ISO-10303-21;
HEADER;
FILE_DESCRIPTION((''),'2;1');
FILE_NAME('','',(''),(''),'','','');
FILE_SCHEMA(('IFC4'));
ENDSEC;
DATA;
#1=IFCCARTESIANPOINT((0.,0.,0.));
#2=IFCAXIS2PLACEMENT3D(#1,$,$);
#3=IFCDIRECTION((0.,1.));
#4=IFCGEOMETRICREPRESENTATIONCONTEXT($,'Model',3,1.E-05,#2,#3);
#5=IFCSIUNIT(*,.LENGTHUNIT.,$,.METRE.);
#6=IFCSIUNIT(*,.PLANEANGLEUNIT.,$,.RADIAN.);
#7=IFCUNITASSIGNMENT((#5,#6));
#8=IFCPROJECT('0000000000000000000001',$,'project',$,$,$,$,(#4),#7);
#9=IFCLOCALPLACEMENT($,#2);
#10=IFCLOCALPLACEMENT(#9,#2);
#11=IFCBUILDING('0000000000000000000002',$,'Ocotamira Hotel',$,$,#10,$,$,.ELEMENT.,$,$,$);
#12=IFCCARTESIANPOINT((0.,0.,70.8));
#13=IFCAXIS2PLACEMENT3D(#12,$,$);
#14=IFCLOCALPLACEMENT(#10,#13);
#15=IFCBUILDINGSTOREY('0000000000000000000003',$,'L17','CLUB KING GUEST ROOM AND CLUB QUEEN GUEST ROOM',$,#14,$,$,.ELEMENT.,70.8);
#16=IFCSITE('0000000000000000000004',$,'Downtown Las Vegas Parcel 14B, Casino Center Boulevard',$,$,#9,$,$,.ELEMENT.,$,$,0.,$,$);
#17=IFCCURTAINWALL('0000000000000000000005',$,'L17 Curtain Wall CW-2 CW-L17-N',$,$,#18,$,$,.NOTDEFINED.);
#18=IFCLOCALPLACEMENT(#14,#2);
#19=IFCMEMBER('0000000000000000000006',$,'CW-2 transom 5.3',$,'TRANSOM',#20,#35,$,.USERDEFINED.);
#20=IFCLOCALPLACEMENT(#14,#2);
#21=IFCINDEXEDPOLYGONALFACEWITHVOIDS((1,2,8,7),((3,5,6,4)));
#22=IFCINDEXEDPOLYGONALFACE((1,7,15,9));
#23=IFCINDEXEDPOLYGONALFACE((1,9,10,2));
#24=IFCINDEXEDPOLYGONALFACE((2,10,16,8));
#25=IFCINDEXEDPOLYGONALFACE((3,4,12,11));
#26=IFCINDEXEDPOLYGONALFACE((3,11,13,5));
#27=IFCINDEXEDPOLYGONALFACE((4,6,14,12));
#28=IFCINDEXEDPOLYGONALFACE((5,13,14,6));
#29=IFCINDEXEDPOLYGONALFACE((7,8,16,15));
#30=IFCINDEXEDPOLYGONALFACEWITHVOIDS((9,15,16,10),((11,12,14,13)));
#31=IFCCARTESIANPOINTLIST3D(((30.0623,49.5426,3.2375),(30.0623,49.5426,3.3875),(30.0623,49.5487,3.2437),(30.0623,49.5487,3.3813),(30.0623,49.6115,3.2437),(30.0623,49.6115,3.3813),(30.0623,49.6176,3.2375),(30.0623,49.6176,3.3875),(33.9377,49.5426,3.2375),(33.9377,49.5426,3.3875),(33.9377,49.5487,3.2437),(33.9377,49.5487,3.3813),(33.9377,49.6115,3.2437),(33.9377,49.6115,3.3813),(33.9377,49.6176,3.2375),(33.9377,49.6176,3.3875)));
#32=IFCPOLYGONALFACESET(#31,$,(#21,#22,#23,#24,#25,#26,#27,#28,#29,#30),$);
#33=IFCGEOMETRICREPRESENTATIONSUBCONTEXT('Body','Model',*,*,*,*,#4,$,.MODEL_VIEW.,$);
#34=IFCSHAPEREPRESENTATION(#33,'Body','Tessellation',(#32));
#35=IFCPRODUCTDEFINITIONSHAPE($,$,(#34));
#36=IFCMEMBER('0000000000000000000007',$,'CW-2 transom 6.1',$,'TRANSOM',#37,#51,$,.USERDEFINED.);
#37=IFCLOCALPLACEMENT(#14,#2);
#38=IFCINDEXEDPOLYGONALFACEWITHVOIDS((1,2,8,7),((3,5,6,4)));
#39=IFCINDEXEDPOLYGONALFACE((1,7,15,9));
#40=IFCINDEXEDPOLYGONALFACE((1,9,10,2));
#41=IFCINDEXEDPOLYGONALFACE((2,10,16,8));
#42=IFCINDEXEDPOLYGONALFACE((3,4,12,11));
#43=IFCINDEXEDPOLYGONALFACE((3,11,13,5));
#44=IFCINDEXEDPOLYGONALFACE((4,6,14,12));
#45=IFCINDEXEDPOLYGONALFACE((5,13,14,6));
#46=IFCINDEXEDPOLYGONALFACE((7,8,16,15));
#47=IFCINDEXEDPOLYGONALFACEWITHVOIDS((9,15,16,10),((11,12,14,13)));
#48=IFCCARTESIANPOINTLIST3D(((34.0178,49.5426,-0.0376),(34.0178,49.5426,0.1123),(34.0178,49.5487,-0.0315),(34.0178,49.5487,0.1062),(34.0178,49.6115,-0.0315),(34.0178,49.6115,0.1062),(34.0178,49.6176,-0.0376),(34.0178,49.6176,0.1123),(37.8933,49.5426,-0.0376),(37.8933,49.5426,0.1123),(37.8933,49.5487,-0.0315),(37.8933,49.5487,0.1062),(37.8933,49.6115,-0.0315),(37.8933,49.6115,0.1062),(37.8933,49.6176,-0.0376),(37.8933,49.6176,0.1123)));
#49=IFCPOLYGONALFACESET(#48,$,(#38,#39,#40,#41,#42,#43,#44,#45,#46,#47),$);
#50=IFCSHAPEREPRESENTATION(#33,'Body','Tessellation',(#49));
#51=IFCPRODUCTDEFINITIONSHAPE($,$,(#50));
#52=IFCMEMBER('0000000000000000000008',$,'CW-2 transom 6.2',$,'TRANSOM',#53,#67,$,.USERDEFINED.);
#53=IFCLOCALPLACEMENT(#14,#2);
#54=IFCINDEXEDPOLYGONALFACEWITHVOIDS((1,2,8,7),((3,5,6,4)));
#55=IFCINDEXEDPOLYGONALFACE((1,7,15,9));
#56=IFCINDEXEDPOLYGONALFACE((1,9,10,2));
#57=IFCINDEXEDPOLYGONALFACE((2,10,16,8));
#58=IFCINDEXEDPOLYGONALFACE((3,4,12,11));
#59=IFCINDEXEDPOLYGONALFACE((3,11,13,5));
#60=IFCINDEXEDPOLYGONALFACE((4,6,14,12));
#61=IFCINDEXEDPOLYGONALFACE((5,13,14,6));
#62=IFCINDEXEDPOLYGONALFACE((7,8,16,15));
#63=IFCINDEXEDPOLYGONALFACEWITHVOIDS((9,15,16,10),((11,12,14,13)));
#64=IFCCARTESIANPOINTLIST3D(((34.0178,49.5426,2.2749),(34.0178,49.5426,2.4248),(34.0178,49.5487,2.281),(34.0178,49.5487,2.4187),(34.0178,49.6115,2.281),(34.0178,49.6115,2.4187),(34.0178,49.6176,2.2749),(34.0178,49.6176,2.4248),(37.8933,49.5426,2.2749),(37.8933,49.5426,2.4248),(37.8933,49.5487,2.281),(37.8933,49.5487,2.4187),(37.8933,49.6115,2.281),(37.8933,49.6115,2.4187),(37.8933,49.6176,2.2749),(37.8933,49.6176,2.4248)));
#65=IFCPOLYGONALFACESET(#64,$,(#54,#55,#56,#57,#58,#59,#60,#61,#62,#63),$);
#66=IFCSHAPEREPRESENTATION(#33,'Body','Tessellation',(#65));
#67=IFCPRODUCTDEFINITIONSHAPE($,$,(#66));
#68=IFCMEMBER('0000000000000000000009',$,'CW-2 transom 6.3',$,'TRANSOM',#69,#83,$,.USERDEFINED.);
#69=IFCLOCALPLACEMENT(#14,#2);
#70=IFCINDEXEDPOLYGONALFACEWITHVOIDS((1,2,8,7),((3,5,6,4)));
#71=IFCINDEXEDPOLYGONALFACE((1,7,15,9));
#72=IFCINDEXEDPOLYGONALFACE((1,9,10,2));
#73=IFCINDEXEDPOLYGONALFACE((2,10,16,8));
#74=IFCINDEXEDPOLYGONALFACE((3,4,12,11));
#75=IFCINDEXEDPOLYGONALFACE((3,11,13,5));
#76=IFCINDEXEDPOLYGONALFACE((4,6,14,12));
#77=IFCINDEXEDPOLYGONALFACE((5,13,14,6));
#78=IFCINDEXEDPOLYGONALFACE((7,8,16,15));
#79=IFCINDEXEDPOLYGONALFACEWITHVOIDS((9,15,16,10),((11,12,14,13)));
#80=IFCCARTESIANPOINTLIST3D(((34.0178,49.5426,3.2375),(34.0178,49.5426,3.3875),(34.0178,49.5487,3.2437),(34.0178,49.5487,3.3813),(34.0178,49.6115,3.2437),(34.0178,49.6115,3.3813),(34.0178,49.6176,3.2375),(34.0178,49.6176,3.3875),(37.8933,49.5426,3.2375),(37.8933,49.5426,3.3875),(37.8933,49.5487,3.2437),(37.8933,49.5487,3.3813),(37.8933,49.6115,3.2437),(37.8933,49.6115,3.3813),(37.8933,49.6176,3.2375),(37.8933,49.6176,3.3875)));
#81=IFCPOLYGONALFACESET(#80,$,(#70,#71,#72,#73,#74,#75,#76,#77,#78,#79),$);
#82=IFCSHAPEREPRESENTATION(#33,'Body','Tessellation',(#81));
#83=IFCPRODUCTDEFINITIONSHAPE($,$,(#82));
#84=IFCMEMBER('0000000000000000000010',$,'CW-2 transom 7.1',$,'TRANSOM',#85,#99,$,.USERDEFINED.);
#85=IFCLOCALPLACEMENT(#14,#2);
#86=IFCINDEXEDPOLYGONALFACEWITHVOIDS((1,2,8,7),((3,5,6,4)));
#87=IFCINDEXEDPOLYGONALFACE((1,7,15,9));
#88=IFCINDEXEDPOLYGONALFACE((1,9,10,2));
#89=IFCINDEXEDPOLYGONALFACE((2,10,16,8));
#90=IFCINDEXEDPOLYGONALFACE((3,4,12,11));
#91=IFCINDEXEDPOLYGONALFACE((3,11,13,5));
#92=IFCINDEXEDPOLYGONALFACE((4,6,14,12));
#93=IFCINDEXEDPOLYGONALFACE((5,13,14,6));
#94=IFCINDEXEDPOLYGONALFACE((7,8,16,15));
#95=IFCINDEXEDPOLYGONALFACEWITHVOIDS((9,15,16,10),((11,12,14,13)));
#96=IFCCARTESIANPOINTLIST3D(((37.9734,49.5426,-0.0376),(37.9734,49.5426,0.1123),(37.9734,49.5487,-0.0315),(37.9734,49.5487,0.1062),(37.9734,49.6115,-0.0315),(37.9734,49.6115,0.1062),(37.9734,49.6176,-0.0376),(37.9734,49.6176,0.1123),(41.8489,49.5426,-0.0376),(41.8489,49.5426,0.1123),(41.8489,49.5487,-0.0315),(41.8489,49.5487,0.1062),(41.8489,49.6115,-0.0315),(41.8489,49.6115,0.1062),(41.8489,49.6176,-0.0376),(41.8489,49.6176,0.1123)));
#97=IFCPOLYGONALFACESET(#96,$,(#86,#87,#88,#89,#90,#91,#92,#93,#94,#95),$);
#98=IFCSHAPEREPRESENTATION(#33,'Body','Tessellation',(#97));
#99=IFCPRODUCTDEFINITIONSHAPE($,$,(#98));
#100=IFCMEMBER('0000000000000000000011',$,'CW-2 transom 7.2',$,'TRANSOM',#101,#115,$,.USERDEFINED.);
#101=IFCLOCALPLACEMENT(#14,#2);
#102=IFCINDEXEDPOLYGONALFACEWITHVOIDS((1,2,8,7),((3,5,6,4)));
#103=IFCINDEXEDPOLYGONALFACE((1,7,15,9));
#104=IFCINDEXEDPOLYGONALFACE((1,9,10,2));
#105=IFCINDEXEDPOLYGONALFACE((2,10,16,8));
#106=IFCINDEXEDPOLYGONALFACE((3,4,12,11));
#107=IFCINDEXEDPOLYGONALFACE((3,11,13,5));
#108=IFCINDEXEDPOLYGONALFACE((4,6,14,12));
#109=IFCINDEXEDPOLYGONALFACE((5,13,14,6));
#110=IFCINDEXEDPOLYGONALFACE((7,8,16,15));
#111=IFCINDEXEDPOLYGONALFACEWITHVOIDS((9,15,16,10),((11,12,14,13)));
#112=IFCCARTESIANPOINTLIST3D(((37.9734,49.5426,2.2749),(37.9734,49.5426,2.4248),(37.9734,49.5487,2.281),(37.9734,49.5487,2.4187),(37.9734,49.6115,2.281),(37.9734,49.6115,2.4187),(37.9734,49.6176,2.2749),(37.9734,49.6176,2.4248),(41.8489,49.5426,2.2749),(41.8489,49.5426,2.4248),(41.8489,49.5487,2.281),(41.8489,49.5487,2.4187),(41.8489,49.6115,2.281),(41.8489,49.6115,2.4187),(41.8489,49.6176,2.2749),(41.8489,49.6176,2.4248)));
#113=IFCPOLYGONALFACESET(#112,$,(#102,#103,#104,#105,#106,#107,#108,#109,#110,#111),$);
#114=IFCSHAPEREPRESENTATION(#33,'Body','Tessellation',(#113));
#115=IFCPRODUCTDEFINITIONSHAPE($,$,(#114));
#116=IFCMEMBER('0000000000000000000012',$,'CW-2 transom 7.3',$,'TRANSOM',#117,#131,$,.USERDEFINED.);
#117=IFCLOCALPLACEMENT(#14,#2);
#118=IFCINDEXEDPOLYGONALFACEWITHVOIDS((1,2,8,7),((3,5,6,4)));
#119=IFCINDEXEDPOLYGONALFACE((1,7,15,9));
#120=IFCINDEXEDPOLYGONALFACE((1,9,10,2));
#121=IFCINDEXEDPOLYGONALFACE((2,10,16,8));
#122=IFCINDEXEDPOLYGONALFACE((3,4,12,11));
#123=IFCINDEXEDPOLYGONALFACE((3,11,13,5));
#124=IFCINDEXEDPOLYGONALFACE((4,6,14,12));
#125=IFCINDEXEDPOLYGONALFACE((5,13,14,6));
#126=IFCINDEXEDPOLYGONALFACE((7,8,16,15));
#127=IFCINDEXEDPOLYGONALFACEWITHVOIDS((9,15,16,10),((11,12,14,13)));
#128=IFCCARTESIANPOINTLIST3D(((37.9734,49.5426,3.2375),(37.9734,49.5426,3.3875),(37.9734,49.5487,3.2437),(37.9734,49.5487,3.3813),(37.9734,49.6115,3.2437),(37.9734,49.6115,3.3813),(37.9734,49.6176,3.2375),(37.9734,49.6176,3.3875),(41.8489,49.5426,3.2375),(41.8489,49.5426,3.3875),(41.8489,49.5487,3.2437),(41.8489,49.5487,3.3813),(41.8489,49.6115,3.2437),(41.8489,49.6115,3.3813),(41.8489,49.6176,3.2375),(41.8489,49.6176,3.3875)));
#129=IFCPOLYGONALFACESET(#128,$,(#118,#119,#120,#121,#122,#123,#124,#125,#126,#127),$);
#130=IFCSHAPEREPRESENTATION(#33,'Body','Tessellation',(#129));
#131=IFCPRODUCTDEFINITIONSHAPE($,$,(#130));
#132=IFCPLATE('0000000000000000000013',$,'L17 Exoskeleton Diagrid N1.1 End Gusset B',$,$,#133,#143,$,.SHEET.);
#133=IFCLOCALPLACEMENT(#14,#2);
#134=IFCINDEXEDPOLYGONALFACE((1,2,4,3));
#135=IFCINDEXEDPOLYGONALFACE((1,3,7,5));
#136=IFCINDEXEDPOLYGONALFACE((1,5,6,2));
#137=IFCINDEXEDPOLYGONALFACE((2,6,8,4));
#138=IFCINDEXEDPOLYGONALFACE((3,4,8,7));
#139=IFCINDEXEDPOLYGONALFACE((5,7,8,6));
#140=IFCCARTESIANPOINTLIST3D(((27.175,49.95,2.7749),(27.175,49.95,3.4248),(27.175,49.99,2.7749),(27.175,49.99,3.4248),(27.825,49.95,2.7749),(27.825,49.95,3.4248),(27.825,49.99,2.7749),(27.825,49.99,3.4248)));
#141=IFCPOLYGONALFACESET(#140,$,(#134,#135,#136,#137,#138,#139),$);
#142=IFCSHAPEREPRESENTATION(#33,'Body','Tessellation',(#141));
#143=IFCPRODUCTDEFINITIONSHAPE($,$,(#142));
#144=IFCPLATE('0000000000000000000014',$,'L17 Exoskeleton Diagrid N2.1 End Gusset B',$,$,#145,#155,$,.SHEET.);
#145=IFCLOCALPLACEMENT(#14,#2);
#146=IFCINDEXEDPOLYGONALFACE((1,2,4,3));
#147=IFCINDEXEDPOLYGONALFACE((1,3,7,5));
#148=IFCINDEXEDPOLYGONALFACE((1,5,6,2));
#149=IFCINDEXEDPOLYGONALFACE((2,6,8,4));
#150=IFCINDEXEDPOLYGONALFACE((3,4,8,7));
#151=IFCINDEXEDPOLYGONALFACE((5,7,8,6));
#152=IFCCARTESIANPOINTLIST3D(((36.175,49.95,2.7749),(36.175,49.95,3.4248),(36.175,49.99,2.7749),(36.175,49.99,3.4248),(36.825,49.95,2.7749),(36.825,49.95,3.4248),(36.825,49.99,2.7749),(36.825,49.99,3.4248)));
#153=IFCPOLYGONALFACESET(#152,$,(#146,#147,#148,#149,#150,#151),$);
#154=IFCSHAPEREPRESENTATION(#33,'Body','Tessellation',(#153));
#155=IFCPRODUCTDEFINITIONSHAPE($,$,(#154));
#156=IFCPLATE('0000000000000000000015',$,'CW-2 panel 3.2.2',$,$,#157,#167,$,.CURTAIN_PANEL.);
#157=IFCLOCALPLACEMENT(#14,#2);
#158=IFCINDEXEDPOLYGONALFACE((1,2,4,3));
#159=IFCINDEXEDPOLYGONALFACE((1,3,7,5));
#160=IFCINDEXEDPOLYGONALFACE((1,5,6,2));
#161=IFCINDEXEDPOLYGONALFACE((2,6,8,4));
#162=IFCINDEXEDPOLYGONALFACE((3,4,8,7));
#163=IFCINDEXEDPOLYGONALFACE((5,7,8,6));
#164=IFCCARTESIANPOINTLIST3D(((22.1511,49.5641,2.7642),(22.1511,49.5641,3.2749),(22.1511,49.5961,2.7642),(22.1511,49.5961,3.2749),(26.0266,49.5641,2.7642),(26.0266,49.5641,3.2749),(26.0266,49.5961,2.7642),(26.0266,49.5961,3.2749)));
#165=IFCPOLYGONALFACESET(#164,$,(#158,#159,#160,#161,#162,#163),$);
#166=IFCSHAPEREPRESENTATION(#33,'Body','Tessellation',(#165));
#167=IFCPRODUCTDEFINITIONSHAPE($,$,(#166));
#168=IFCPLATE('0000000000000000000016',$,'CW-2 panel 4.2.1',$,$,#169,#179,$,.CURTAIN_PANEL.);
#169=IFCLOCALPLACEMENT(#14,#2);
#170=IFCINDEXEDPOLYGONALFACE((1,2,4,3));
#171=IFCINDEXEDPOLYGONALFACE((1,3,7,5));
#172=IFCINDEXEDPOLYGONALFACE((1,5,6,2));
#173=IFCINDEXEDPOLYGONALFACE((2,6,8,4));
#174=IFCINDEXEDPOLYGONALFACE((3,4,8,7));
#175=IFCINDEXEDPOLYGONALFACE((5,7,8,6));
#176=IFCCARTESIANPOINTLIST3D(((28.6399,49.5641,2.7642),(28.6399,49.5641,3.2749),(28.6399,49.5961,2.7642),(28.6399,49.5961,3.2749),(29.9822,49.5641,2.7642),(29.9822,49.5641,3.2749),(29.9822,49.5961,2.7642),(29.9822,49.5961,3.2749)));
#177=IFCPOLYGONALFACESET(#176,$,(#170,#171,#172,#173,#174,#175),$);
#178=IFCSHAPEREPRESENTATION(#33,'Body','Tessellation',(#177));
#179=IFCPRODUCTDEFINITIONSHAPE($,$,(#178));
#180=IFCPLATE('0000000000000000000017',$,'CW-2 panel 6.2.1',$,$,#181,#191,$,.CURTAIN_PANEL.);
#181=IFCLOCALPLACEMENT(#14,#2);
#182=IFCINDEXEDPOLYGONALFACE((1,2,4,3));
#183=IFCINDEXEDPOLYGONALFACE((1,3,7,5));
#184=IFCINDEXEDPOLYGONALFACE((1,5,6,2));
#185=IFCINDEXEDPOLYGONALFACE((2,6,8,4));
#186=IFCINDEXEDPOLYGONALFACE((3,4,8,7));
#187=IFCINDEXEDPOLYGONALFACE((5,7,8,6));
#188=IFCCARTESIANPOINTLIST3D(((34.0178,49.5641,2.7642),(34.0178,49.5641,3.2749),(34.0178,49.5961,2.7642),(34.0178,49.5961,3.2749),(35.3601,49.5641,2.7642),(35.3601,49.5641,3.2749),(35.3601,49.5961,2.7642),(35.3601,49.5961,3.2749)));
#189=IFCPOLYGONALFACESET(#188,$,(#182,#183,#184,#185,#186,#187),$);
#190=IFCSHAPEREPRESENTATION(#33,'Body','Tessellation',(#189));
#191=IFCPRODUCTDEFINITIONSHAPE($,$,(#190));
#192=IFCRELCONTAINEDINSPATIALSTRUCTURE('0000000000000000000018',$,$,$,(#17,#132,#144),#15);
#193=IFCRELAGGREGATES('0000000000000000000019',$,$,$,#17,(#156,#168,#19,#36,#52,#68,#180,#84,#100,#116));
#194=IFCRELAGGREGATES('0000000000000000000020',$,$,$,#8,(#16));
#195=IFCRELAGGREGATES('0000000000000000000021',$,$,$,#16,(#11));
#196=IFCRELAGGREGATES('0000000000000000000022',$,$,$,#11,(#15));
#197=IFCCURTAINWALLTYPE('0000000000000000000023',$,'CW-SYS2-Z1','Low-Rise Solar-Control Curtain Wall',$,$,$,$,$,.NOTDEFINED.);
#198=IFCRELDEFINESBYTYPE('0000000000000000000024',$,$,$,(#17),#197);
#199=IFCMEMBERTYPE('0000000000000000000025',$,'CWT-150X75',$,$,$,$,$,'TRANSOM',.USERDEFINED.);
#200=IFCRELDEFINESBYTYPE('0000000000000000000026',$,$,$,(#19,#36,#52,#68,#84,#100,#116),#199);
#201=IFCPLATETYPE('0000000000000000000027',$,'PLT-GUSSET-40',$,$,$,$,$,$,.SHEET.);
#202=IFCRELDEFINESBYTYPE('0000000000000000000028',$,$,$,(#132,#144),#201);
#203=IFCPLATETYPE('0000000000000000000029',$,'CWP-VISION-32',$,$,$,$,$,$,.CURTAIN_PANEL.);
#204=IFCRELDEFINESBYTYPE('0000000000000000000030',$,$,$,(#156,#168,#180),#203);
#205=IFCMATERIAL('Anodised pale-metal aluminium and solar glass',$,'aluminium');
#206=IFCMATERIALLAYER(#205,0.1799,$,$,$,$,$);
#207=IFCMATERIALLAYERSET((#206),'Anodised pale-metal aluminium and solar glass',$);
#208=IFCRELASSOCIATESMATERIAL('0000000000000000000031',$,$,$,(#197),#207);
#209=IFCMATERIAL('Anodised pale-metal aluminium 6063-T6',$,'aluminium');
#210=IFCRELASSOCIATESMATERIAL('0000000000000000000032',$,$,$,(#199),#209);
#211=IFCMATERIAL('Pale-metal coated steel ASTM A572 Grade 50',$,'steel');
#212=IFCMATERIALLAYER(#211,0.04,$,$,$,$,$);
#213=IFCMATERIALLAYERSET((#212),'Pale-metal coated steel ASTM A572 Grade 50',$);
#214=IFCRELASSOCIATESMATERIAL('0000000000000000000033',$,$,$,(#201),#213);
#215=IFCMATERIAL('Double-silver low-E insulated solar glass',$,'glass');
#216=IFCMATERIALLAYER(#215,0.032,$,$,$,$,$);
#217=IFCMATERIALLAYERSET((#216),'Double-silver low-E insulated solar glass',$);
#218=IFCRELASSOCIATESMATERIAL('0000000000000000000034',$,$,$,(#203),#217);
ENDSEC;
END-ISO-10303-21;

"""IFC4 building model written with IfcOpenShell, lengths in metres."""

from ifc_helpers import new_model, si_unit, direction, frame, origin, origin_2d, place, context, subcontext, project, spatial, rectangle, hollow_rectangle, extrude, source, transform, mapped, material, layer, layer_set, material_profile, profile_set, type_object, element, aggregate, save


model = new_model("IFC4")

# Units and contexts
model_context = context("Model", 3, precision=1e-05, world=origin(), true_north=direction((0.0, 1.0)))
body_context = subcontext(model_context, "Body", "Model", "MODEL_VIEW")
ifc_project = project(units=[si_unit("LENGTHUNIT", "METRE"), si_unit("PLANEANGLEUNIT", "RADIAN")], contexts=[model_context])

# Site, building, storey
site_placement = place(None, origin())
site = spatial("IfcSite", under=ifc_project, at=site_placement, Name="Downtown Las Vegas Parcel 14B, Casino Center Boulevard", CompositionType="ELEMENT", RefElevation=0.0)
building_placement = place(site_placement, origin())
building = spatial("IfcBuilding", under=site, at=building_placement, Name="Ocotamira Hotel", CompositionType="ELEMENT")
storey_placement = place(building_placement, frame((0.0, 0.0, 70.8)))
storey = spatial("IfcBuildingStorey", under=building, at=storey_placement, Name="L17", Description="CLUB KING GUEST ROOM AND CLUB QUEEN GUEST ROOM", CompositionType="ELEMENT", Elevation=70.8)

# Curtain wall, members
ifc_material_1 = material(Name="Anodised pale-metal aluminium and solar glass", Category="aluminium")
ifc_layer_1 = layer(ifc_material_1, 0.1799)
ifc_layer_set_1 = layer_set([ifc_layer_1], Name="Anodised pale-metal aluminium and solar glass")
curtain_wall_type = type_object("IfcCurtainWallType", Name="CW-SYS2-Z1", Description="Low-Rise Solar-Control Curtain Wall", PredefinedType="NOTDEFINED", material=ifc_layer_set_1)
curtain_wall_placement = place(storey_placement, origin())
curtain_wall = element("IfcCurtainWall", 1, at=curtain_wall_placement, inside=storey, type_object=curtain_wall_type, Name="L17 Curtain Wall CW-2 CW-L17-N", PredefinedType="NOTDEFINED")
ifc_material_2 = material(Name="Anodised pale-metal aluminium 6063-T6", Category="aluminium")
ifc_material_profile_1 = material_profile(ifc_material_2, hollow_rectangle(XDim=0.075, YDim=0.1499, WallThickness=0.0061, at=origin_2d()), Name="HSS150X75X6")
ifc_profile_set_1 = profile_set([ifc_material_profile_1], Name="Anodised pale-metal aluminium 6063-T6")
member_type_1 = type_object("IfcMemberType", Name="CWT-150X75", ElementType="TRANSOM", PredefinedType="USERDEFINED", material=ifc_profile_set_1)
shared_shape_1 = source(origin(), body_context, "Body", "SweptSolid", [
    extrude(hollow_rectangle(XDim=0.075, YDim=0.1499, WallThickness=0.0061, at=origin_2d()), origin(), (0.0, 0.0, 1.0), 3.8755),
])
member_1_placement = place(storey_placement, frame((30.0623, 49.5801, 3.3125), z_axis=(1.0, 0.0, 0.0), x_axis=(0.0, 1.0, 0.0)))
member_1 = element("IfcMember", 2, at=member_1_placement, type_object=member_type_1, Name="CW-2 transom 5.3", ObjectType="TRANSOM", PredefinedType="USERDEFINED", context=body_context, shape_type="MappedRepresentation", body=[
    mapped(shared_shape_1, transform((0.0, 0.0, 0.0), scale=1.0)),
])
member_2_placement = place(storey_placement, frame((34.0178, 49.5801, 0.0374), z_axis=(1.0, 0.0, 0.0), x_axis=(0.0, 1.0, 0.0)))
member_2 = element("IfcMember", 3, at=member_2_placement, type_object=member_type_1, Name="CW-2 transom 6.1", ObjectType="TRANSOM", PredefinedType="USERDEFINED", context=body_context, shape_type="MappedRepresentation", body=[
    mapped(shared_shape_1, transform((0.0, 0.0, 0.0), scale=1.0)),
])
member_3_placement = place(storey_placement, frame((34.0178, 49.5801, 2.3499), z_axis=(1.0, 0.0, 0.0), x_axis=(0.0, 1.0, 0.0)))
member_3 = element("IfcMember", 4, at=member_3_placement, type_object=member_type_1, Name="CW-2 transom 6.2", ObjectType="TRANSOM", PredefinedType="USERDEFINED", context=body_context, shape_type="MappedRepresentation", body=[
    mapped(shared_shape_1, transform((0.0, 0.0, 0.0), scale=1.0)),
])
member_4_placement = place(storey_placement, frame((34.0178, 49.5801, 3.3125), z_axis=(1.0, 0.0, 0.0), x_axis=(0.0, 1.0, 0.0)))
member_4 = element("IfcMember", 5, at=member_4_placement, type_object=member_type_1, Name="CW-2 transom 6.3", ObjectType="TRANSOM", PredefinedType="USERDEFINED", context=body_context, shape_type="MappedRepresentation", body=[
    mapped(shared_shape_1, transform((0.0, 0.0, 0.0), scale=1.0)),
])
member_5_placement = place(storey_placement, frame((37.9734, 49.5801, 0.0374), z_axis=(1.0, 0.0, 0.0), x_axis=(0.0, 1.0, 0.0)))
member_5 = element("IfcMember", 6, at=member_5_placement, type_object=member_type_1, Name="CW-2 transom 7.1", ObjectType="TRANSOM", PredefinedType="USERDEFINED", context=body_context, shape_type="MappedRepresentation", body=[
    mapped(shared_shape_1, transform((0.0, 0.0, 0.0), scale=1.0)),
])
member_6_placement = place(storey_placement, frame((37.9734, 49.5801, 2.3499), z_axis=(1.0, 0.0, 0.0), x_axis=(0.0, 1.0, 0.0)))
member_6 = element("IfcMember", 7, at=member_6_placement, type_object=member_type_1, Name="CW-2 transom 7.2", ObjectType="TRANSOM", PredefinedType="USERDEFINED", context=body_context, shape_type="MappedRepresentation", body=[
    mapped(shared_shape_1, transform((0.0, 0.0, 0.0), scale=1.0)),
])
member_7_placement = place(storey_placement, frame((37.9734, 49.5801, 3.3125), z_axis=(1.0, 0.0, 0.0), x_axis=(0.0, 1.0, 0.0)))
member_7 = element("IfcMember", 8, at=member_7_placement, type_object=member_type_1, Name="CW-2 transom 7.3", ObjectType="TRANSOM", PredefinedType="USERDEFINED", context=body_context, shape_type="MappedRepresentation", body=[
    mapped(shared_shape_1, transform((0.0, 0.0, 0.0), scale=1.0)),
])

# Plates
ifc_material_3 = material(Name="Pale-metal coated steel ASTM A572 Grade 50", Category="steel")
ifc_layer_2 = layer(ifc_material_3, 0.04)
ifc_layer_set_2 = layer_set([ifc_layer_2], Name="Pale-metal coated steel ASTM A572 Grade 50")
plate_type_1 = type_object("IfcPlateType", Name="PLT-GUSSET-40", PredefinedType="SHEET", material=ifc_layer_set_2)
shared_shape_2 = source(origin(), body_context, "Body", "SweptSolid", [
    extrude(rectangle(XDim=0.6499, YDim=0.04, at=origin_2d()), origin(), (0.0, 0.0, 1.0), 0.6499),
])
for number, where, z_axis, x_axis, name in (
    (9, (27.5, 49.97, 2.7749), (0.0, 0.0, 1.0), (1.0, 0.0, 0.0), "L17 Exoskeleton Diagrid N1.1 End Gusset B"),
    (10, (36.5, 49.97, 2.7749), (0.0, 0.0, 1.0), (1.0, 0.0, 0.0), "L17 Exoskeleton Diagrid N2.1 End Gusset B"),
):
    element("IfcPlate", number, at=place(storey_placement, frame(where, z_axis=z_axis, x_axis=x_axis)), inside=storey, type_object=plate_type_1, Name=name, PredefinedType="SHEET", context=body_context, shape_type="MappedRepresentation", body=[
        mapped(shared_shape_2, transform((0.0, 0.0, 0.0), scale=1.0)),
    ])

# Plates
ifc_material_4 = material(Name="Double-silver low-E insulated solar glass", Category="glass")
ifc_layer_3 = layer(ifc_material_4, 0.032)
ifc_layer_set_3 = layer_set([ifc_layer_3], Name="Double-silver low-E insulated solar glass")
plate_type_2 = type_object("IfcPlateType", Name="CWP-VISION-32", PredefinedType="CURTAIN_PANEL", material=ifc_layer_set_3)
shared_shape_3 = source(origin(), body_context, "Body", "SweptSolid", [
    extrude(rectangle(XDim=3.8755, YDim=0.032, at=origin_2d()), origin(), (0.0, 0.0, 1.0), 0.5107),
])
plate_1_placement = place(storey_placement, frame((24.0889, 49.5801, 2.7642), z_axis=(0.0, 0.0, 1.0), x_axis=(1.0, 0.0, 0.0)))
plate_1 = element("IfcPlate", 11, at=plate_1_placement, type_object=plate_type_2, Name="CW-2 panel 3.2.2", PredefinedType="CURTAIN_PANEL", context=body_context, shape_type="MappedRepresentation", body=[
    mapped(shared_shape_3, transform((0.0, 0.0, 0.0), scale=1.0)),
])
shared_shape_4 = source(origin(), body_context, "Body", "SweptSolid", [
    extrude(rectangle(XDim=1.3423, YDim=0.032, at=origin_2d()), origin(), (0.0, 0.0, 1.0), 0.5107),
])
plate_2_placement = place(storey_placement, frame((29.311, 49.5801, 2.7642), z_axis=(0.0, 0.0, 1.0), x_axis=(1.0, 0.0, 0.0)))
plate_2 = element("IfcPlate", 12, at=plate_2_placement, type_object=plate_type_2, Name="CW-2 panel 4.2.1", PredefinedType="CURTAIN_PANEL", context=body_context, shape_type="MappedRepresentation", body=[
    mapped(shared_shape_4, transform((0.0, 0.0, 0.0), scale=1.0)),
])
plate_3_placement = place(storey_placement, frame((34.689, 49.5801, 2.7642), z_axis=(0.0, 0.0, 1.0), x_axis=(1.0, 0.0, 0.0)))
plate_3 = element("IfcPlate", 13, at=plate_3_placement, type_object=plate_type_2, Name="CW-2 panel 6.2.1", PredefinedType="CURTAIN_PANEL", context=body_context, shape_type="MappedRepresentation", body=[
    mapped(shared_shape_4, transform((0.0, 0.0, 0.0), scale=1.0)),
])
aggregate(curtain_wall, [plate_1, plate_2, member_1, member_2, member_3, member_4, plate_3, member_5, member_6, member_7])

save(model, "model.ifc")
